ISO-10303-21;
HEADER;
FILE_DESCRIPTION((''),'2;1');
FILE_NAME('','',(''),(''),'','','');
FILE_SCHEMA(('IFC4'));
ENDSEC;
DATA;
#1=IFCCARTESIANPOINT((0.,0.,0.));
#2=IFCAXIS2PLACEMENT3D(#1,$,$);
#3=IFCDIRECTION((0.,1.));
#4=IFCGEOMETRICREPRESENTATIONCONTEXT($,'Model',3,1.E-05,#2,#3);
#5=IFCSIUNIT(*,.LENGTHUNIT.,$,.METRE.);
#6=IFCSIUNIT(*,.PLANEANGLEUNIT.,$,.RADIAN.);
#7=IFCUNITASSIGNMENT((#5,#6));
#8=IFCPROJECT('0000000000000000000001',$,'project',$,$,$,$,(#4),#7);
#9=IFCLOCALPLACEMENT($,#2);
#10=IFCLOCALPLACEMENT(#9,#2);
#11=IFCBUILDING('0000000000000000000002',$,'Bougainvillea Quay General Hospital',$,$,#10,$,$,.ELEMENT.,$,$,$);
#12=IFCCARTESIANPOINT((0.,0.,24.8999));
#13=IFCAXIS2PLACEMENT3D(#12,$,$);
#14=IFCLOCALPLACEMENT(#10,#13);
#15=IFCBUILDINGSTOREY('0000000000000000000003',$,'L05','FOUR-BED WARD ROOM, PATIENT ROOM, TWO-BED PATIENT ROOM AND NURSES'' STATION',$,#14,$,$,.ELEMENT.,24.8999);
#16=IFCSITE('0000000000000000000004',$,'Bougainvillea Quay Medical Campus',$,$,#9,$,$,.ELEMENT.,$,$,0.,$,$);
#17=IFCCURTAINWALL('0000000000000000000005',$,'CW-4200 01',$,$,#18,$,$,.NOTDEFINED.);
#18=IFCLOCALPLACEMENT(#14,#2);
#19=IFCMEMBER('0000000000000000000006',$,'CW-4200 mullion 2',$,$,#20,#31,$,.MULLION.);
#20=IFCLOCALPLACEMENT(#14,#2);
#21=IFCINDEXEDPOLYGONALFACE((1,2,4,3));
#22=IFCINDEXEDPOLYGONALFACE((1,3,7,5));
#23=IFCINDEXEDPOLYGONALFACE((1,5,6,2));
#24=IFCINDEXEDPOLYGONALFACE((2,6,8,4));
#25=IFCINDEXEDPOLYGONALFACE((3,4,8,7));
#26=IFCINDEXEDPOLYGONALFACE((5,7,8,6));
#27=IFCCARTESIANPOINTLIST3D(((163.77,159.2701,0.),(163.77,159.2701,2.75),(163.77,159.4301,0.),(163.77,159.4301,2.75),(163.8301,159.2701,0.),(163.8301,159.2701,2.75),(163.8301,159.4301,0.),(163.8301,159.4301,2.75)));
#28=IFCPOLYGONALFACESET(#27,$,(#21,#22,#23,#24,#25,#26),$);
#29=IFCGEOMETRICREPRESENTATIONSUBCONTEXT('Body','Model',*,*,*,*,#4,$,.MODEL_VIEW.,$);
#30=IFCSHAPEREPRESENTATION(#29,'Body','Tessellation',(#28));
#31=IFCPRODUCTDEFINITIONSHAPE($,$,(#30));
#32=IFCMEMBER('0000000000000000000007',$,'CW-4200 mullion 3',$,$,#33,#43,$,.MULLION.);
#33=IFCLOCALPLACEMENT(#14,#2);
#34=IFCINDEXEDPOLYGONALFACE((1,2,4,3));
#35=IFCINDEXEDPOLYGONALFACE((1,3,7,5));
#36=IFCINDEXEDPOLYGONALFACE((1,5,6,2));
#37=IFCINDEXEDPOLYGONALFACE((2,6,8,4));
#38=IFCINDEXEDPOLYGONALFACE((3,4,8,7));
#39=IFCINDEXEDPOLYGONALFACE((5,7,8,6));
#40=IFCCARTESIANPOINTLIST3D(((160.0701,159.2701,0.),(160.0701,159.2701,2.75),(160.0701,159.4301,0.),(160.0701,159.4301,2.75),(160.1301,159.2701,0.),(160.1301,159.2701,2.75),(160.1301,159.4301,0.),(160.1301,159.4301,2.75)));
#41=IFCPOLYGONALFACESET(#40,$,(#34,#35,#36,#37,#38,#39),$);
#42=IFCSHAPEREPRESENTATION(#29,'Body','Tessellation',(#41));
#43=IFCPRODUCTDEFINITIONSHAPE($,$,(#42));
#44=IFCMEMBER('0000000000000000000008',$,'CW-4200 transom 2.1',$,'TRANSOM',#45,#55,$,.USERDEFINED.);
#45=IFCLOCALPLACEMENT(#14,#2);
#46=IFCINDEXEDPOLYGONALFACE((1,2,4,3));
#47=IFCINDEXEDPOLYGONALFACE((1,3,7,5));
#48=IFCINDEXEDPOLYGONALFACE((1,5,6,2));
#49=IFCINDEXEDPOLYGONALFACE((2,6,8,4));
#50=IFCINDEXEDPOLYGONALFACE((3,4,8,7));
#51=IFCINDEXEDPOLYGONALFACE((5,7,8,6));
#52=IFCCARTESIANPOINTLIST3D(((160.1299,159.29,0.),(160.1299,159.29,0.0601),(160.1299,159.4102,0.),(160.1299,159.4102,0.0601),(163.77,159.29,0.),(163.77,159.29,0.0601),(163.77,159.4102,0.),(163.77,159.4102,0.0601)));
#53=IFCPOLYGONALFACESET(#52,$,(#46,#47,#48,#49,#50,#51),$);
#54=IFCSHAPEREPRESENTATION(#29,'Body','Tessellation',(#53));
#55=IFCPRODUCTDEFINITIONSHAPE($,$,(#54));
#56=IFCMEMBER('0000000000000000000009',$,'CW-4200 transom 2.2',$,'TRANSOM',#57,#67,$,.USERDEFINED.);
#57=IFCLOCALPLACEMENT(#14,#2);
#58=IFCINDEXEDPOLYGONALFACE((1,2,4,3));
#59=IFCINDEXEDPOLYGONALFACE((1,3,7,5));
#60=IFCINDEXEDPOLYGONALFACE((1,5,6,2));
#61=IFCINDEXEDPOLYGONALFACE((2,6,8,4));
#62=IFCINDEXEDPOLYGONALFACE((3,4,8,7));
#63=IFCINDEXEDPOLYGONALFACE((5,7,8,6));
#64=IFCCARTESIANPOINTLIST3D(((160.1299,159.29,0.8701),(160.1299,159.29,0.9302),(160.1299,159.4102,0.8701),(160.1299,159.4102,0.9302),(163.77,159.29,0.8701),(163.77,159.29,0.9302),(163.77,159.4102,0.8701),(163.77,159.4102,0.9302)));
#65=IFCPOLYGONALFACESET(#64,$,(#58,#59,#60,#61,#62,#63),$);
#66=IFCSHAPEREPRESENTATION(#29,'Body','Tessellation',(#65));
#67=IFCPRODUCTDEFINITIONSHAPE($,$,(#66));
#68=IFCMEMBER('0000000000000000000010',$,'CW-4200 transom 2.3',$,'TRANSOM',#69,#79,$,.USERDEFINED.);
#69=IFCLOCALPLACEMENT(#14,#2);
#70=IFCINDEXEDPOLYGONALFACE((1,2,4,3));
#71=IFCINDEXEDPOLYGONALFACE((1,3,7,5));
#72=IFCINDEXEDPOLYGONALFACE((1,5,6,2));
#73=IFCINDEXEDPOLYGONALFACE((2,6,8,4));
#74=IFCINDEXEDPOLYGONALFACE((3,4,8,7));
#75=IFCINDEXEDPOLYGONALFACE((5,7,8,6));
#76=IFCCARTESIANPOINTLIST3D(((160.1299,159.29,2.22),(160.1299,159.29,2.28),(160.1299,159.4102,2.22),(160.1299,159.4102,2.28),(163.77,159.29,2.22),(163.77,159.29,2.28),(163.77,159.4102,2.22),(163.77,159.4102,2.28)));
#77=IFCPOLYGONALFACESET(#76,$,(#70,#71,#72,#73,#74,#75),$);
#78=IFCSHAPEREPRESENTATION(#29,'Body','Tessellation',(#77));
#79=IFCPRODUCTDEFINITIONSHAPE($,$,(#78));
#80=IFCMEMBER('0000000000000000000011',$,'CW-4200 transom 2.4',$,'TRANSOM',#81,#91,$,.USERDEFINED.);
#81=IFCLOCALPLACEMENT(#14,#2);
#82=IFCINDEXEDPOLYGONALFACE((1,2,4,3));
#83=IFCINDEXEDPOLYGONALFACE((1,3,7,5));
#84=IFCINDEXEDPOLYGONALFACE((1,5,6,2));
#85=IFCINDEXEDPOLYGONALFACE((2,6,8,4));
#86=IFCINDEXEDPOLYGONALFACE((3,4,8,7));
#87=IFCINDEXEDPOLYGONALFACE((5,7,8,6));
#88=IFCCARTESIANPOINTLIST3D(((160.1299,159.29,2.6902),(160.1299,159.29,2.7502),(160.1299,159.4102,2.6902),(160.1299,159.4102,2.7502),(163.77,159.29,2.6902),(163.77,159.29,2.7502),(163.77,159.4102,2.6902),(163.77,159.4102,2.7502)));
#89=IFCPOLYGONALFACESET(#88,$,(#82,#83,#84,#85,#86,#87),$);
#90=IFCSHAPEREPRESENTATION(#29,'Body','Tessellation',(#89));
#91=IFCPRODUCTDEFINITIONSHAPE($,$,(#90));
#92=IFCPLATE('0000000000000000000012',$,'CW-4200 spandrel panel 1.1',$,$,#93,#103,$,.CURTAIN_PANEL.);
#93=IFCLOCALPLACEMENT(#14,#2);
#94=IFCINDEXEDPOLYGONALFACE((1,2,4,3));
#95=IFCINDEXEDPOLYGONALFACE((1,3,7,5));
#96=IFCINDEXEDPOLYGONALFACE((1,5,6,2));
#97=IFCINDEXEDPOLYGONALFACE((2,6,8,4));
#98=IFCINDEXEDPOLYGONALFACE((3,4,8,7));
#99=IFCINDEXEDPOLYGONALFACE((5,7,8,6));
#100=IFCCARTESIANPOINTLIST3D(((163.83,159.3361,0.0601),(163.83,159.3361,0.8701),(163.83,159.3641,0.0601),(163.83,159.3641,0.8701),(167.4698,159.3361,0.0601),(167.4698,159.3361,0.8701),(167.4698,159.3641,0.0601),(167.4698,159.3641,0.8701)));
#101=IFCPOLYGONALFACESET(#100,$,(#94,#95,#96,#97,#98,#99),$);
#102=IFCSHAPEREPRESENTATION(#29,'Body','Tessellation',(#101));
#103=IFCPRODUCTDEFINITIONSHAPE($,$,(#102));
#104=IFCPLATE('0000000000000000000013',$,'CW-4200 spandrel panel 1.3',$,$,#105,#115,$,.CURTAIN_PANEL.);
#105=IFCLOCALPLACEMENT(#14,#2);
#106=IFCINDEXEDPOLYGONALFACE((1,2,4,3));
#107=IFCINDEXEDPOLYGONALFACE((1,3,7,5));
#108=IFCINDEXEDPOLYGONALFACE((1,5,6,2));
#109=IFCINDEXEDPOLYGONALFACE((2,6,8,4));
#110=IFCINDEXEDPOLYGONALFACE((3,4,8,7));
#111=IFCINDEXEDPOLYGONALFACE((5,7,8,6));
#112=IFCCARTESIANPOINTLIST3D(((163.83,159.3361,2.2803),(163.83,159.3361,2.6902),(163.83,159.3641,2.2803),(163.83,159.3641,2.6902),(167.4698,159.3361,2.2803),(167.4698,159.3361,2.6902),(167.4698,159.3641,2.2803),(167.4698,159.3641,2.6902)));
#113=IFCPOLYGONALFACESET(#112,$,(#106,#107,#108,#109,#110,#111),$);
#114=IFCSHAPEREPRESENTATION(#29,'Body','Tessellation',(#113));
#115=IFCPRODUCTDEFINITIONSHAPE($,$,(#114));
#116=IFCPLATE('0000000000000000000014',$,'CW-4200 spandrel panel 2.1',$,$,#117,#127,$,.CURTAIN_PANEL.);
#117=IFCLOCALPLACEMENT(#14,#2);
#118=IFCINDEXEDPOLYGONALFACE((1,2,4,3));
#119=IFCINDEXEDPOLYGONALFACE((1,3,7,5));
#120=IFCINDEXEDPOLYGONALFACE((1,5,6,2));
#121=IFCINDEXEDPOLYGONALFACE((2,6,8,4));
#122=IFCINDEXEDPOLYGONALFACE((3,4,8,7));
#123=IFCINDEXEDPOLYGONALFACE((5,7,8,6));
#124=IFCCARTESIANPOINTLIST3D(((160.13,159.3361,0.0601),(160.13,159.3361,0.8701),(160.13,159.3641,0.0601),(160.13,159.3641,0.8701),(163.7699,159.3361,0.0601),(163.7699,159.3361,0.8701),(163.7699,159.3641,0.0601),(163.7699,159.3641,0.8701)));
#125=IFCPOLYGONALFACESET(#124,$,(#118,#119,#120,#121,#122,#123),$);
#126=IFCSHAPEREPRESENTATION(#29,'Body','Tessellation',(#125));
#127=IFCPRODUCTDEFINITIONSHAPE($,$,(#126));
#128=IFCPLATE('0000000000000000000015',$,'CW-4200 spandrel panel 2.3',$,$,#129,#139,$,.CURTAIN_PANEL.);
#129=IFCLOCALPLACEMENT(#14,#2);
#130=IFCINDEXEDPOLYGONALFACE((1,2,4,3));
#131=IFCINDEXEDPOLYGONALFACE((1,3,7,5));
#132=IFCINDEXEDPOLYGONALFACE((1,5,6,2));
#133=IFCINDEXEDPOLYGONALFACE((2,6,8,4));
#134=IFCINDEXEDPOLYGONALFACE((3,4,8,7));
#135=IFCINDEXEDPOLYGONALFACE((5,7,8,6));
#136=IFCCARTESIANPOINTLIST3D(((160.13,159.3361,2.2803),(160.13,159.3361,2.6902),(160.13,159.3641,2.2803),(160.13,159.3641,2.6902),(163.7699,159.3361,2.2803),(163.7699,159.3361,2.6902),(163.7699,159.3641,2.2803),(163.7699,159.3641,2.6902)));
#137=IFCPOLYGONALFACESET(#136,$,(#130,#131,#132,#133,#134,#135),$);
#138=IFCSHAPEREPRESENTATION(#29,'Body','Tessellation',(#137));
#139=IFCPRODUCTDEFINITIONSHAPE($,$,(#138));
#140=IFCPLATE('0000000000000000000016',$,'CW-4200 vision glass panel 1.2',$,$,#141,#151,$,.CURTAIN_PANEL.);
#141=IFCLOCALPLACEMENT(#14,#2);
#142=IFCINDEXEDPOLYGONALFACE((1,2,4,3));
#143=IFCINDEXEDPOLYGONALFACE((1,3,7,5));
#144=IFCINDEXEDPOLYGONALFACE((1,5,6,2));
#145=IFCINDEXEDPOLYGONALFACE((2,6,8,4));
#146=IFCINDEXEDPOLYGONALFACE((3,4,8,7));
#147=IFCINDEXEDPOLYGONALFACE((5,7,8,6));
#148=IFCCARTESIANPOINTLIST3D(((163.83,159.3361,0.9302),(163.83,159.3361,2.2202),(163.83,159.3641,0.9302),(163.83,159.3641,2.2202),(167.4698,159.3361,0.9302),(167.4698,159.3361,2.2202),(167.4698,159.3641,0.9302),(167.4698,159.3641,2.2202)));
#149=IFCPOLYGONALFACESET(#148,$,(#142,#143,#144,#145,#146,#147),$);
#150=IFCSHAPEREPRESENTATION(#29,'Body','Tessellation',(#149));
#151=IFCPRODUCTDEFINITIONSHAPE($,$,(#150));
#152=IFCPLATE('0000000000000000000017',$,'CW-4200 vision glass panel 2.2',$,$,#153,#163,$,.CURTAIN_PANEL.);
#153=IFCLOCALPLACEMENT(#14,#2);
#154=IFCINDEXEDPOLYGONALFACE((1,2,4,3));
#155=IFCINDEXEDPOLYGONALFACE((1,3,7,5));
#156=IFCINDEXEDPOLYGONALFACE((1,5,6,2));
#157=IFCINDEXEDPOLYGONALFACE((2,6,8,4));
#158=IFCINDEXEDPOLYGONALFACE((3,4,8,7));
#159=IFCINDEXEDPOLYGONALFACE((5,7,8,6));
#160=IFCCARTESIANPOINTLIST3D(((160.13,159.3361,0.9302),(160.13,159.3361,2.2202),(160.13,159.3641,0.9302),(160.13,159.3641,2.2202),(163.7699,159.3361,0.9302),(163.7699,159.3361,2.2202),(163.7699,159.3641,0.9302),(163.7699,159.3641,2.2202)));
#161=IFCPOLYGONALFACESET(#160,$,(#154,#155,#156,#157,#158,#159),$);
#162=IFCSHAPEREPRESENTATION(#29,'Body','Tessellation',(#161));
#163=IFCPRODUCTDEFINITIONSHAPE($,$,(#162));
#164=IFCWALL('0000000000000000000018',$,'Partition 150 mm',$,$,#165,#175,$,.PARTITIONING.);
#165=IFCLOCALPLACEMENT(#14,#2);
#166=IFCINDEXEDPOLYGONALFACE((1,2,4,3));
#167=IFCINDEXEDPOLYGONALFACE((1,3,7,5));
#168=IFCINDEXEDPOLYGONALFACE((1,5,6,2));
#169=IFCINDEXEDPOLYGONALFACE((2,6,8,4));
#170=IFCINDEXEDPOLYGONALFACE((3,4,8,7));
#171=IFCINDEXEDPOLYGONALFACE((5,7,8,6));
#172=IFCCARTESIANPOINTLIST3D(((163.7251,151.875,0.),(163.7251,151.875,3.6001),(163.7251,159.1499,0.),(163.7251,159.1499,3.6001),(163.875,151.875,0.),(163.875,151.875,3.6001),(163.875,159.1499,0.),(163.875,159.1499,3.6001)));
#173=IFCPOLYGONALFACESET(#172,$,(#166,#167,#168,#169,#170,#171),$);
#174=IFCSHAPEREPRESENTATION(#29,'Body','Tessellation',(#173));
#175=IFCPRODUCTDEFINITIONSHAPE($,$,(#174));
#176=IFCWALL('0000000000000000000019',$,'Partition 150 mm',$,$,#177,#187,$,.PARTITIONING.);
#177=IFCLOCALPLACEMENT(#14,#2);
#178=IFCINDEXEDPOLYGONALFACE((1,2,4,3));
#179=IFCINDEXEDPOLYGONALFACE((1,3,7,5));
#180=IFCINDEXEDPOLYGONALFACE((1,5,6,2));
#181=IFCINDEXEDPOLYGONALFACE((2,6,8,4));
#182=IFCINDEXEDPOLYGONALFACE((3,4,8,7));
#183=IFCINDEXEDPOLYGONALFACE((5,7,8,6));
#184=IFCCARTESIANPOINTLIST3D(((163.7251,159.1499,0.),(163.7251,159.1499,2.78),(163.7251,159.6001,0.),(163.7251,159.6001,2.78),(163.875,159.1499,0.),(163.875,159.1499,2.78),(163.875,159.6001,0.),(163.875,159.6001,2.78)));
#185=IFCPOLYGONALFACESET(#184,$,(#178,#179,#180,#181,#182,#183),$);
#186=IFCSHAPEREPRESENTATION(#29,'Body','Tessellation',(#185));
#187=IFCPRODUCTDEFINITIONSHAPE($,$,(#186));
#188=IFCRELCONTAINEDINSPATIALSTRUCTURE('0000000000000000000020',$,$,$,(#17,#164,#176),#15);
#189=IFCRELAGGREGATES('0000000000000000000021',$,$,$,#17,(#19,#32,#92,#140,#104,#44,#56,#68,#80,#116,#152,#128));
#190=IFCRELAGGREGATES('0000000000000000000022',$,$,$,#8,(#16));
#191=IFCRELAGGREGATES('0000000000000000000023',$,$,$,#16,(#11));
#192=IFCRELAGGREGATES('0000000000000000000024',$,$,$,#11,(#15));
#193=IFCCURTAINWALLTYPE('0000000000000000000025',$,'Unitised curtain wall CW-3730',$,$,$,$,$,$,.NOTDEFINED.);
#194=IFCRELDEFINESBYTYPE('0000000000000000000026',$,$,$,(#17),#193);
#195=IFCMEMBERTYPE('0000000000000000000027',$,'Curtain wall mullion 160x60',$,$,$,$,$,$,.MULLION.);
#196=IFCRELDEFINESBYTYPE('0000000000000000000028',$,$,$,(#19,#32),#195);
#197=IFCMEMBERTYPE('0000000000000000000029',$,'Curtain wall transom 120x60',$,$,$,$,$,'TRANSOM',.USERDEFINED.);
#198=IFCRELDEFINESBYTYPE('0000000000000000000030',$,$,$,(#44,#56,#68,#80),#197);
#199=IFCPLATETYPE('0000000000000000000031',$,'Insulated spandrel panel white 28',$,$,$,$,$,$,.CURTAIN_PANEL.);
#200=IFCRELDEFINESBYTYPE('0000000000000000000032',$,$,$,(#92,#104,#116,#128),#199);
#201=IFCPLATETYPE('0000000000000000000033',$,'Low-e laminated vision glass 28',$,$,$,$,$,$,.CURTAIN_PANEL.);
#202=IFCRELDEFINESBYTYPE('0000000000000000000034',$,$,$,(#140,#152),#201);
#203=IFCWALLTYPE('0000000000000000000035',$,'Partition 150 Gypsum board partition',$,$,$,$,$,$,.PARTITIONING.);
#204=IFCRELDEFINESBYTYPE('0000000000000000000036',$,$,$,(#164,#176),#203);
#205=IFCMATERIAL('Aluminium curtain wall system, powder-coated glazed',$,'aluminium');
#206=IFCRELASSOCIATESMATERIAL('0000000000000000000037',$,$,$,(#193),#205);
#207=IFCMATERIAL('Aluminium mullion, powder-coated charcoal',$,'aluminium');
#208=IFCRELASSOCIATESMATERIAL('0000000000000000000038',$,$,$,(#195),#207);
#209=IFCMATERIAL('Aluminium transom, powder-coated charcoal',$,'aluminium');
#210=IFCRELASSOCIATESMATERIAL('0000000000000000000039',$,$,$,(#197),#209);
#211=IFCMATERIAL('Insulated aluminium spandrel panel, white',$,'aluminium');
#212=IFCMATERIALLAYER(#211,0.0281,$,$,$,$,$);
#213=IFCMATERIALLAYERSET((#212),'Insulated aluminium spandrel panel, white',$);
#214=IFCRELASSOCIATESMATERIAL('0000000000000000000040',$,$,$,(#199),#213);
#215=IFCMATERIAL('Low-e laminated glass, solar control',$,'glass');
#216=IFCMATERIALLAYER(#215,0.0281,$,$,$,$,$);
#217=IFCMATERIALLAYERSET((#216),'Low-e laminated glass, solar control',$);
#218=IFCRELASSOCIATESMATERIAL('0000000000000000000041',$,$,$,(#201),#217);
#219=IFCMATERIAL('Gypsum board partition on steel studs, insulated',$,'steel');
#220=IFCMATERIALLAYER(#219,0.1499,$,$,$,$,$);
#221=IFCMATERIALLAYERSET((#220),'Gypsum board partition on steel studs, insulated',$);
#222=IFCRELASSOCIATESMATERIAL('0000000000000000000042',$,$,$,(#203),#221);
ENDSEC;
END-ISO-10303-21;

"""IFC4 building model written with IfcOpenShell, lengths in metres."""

from ifc_helpers import new_model, si_unit, direction, frame, frame_2d, origin, origin_2d, place, context, subcontext, project, spatial, rectangle, extrude, material, layer, layer_set, material_profile, profile_set, type_object, element, aggregate, save


model = new_model("IFC4")

# Units and contexts
model_context = context("Model", 3, precision=1e-05, world=origin(), true_north=direction((0.0, 1.0)))
body_context = subcontext(model_context, "Body", "Model", "MODEL_VIEW")
ifc_project = project(units=[si_unit("LENGTHUNIT", "METRE"), si_unit("PLANEANGLEUNIT", "RADIAN")], contexts=[model_context])

# Site, building, storey
site_placement = place(None, origin())
site = spatial("IfcSite", under=ifc_project, at=site_placement, Name="Bougainvillea Quay Medical Campus", CompositionType="ELEMENT", RefElevation=0.0)
building_placement = place(site_placement, origin())
building = spatial("IfcBuilding", under=site, at=building_placement, Name="Bougainvillea Quay General Hospital", CompositionType="ELEMENT")
storey_placement = place(building_placement, frame((0.0, 0.0, 24.8999)))
storey = spatial("IfcBuildingStorey", under=building, at=storey_placement, Name="L05", Description="FOUR-BED WARD ROOM, PATIENT ROOM, TWO-BED PATIENT ROOM AND NURSES' STATION", CompositionType="ELEMENT", Elevation=24.8999)

# Curtain wall, members, plates
ifc_material_1 = material(Name="Aluminium curtain wall system, powder-coated glazed", Category="aluminium")
curtain_wall_type = type_object("IfcCurtainWallType", Name="Unitised curtain wall CW-3730", PredefinedType="NOTDEFINED", material=ifc_material_1)
curtain_wall_placement = place(storey_placement, origin())
curtain_wall = element("IfcCurtainWall", 1, at=curtain_wall_placement, inside=storey, type_object=curtain_wall_type, Name="CW-4200 01", PredefinedType="NOTDEFINED")
ifc_material_2 = material(Name="Aluminium mullion, powder-coated charcoal", Category="aluminium")
ifc_material_profile_1 = material_profile(ifc_material_2, rectangle(XDim=0.1599, YDim=0.0601, at=origin_2d()))
ifc_profile_set_1 = profile_set([ifc_material_profile_1], Name="Aluminium mullion, powder-coated charcoal")
member_type_1 = type_object("IfcMemberType", Name="Curtain wall mullion 160x60", PredefinedType="MULLION", material=ifc_profile_set_1)
member_1_placement = place(storey_placement, frame((163.8, 159.3501, 0.0), z_axis=(0.0, 0.0, 1.0), x_axis=(0.0, -1.0, 0.0)))
member_1 = element("IfcMember", 2, at=member_1_placement, type_object=member_type_1, Name="CW-4200 mullion 2", PredefinedType="MULLION", context=body_context, shape_type="SweptSolid", body=[
    extrude(rectangle(XDim=0.1599, YDim=0.0601, at=origin_2d()), origin(), (0.0, 0.0, 1.0), 2.75),
])
member_2_placement = place(storey_placement, frame((160.1001, 159.3501, 0.0), z_axis=(0.0, 0.0, 1.0), x_axis=(0.0, -1.0, 0.0)))
member_2 = element("IfcMember", 3, at=member_2_placement, type_object=member_type_1, Name="CW-4200 mullion 3", PredefinedType="MULLION", context=body_context, shape_type="SweptSolid", body=[
    extrude(rectangle(XDim=0.1599, YDim=0.0601, at=origin_2d()), origin(), (0.0, 0.0, 1.0), 2.75),
])
ifc_material_3 = material(Name="Aluminium transom, powder-coated charcoal", Category="aluminium")
ifc_material_profile_2 = material_profile(ifc_material_3, rectangle(XDim=0.1201, YDim=0.0601, at=origin_2d()))
ifc_profile_set_2 = profile_set([ifc_material_profile_2], Name="Aluminium transom, powder-coated charcoal")
member_type_2 = type_object("IfcMemberType", Name="Curtain wall transom 120x60", ElementType="TRANSOM", PredefinedType="USERDEFINED", material=ifc_profile_set_2)
member_3_placement = place(storey_placement, frame((163.77, 159.3501, 0.03), z_axis=(-1.0, 0.0, 0.0), x_axis=(0.0, -1.0, 0.0)))
member_3 = element("IfcMember", 4, at=member_3_placement, type_object=member_type_2, Name="CW-4200 transom 2.1", ObjectType="TRANSOM", PredefinedType="USERDEFINED", context=body_context, shape_type="SweptSolid", body=[
    extrude(rectangle(XDim=0.1201, YDim=0.0601, at=origin_2d()), origin(), (0.0, 0.0, 1.0), 3.6401),
])
member_4_placement = place(storey_placement, frame((163.77, 159.3501, 0.9001), z_axis=(-1.0, 0.0, 0.0), x_axis=(0.0, -1.0, 0.0)))
member_4 = element("IfcMember", 5, at=member_4_placement, type_object=member_type_2, Name="CW-4200 transom 2.2", ObjectType="TRANSOM", PredefinedType="USERDEFINED", context=body_context, shape_type="SweptSolid", body=[
    extrude(rectangle(XDim=0.1201, YDim=0.0601, at=origin_2d()), origin(), (0.0, 0.0, 1.0), 3.6401),
])
member_5_placement = place(storey_placement, frame((163.77, 159.3501, 2.25), z_axis=(-1.0, 0.0, 0.0), x_axis=(0.0, -1.0, 0.0)))
member_5 = element("IfcMember", 6, at=member_5_placement, type_object=member_type_2, Name="CW-4200 transom 2.3", ObjectType="TRANSOM", PredefinedType="USERDEFINED", context=body_context, shape_type="SweptSolid", body=[
    extrude(rectangle(XDim=0.1201, YDim=0.0601, at=origin_2d()), origin(), (0.0, 0.0, 1.0), 3.6401),
])
member_6_placement = place(storey_placement, frame((163.77, 159.3501, 2.7202), z_axis=(-1.0, 0.0, 0.0), x_axis=(0.0, -1.0, 0.0)))
member_6 = element("IfcMember", 7, at=member_6_placement, type_object=member_type_2, Name="CW-4200 transom 2.4", ObjectType="TRANSOM", PredefinedType="USERDEFINED", context=body_context, shape_type="SweptSolid", body=[
    extrude(rectangle(XDim=0.1201, YDim=0.0601, at=origin_2d()), origin(), (0.0, 0.0, 1.0), 3.6401),
])
ifc_material_4 = material(Name="Insulated aluminium spandrel panel, white", Category="aluminium")
ifc_layer_1 = layer(ifc_material_4, 0.0281)
ifc_layer_set_1 = layer_set([ifc_layer_1], Name="Insulated aluminium spandrel panel, white")
plate_type_1 = type_object("IfcPlateType", Name="Insulated spandrel panel white 28", PredefinedType="CURTAIN_PANEL", material=ifc_layer_set_1)
plate_1_placement = place(storey_placement, frame((165.6499, 159.3501, 0.0601), z_axis=(0.0, 0.0, 1.0), x_axis=(-1.0, 0.0, 0.0)))
plate_1 = element("IfcPlate", 8, at=plate_1_placement, type_object=plate_type_1, Name="CW-4200 spandrel panel 1.1", PredefinedType="CURTAIN_PANEL", context=body_context, shape_type="SweptSolid", body=[
    extrude(rectangle(XDim=3.6399, YDim=0.0281, at=origin_2d()), origin(), (0.0, 0.0, 1.0), 0.8101),
])
plate_2_placement = place(storey_placement, frame((165.6499, 159.3501, 2.2803), z_axis=(0.0, 0.0, 1.0), x_axis=(-1.0, 0.0, 0.0)))
plate_2 = element("IfcPlate", 9, at=plate_2_placement, type_object=plate_type_1, Name="CW-4200 spandrel panel 1.3", PredefinedType="CURTAIN_PANEL", context=body_context, shape_type="SweptSolid", body=[
    extrude(rectangle(XDim=3.6399, YDim=0.0281, at=origin_2d()), origin(), (0.0, 0.0, 1.0), 0.4099),
])
plate_3_placement = place(storey_placement, frame((161.95, 159.3501, 0.0601), z_axis=(0.0, 0.0, 1.0), x_axis=(-1.0, 0.0, 0.0)))
plate_3 = element("IfcPlate", 10, at=plate_3_placement, type_object=plate_type_1, Name="CW-4200 spandrel panel 2.1", PredefinedType="CURTAIN_PANEL", context=body_context, shape_type="SweptSolid", body=[
    extrude(rectangle(XDim=3.6399, YDim=0.0281, at=origin_2d()), origin(), (0.0, 0.0, 1.0), 0.8101),
])
plate_4_placement = place(storey_placement, frame((161.95, 159.3501, 2.2803), z_axis=(0.0, 0.0, 1.0), x_axis=(-1.0, 0.0, 0.0)))
plate_4 = element("IfcPlate", 11, at=plate_4_placement, type_object=plate_type_1, Name="CW-4200 spandrel panel 2.3", PredefinedType="CURTAIN_PANEL", context=body_context, shape_type="SweptSolid", body=[
    extrude(rectangle(XDim=3.6399, YDim=0.0281, at=origin_2d()), origin(), (0.0, 0.0, 1.0), 0.4099),
])
ifc_material_5 = material(Name="Low-e laminated glass, solar control", Category="glass")
ifc_layer_2 = layer(ifc_material_5, 0.0281)
ifc_layer_set_2 = layer_set([ifc_layer_2], Name="Low-e laminated glass, solar control")
plate_type_2 = type_object("IfcPlateType", Name="Low-e laminated vision glass 28", PredefinedType="CURTAIN_PANEL", material=ifc_layer_set_2)
plate_5_placement = place(storey_placement, frame((165.6499, 159.3501, 0.9302), z_axis=(0.0, 0.0, 1.0), x_axis=(-1.0, 0.0, 0.0)))
plate_5 = element("IfcPlate", 12, at=plate_5_placement, type_object=plate_type_2, Name="CW-4200 vision glass panel 1.2", PredefinedType="CURTAIN_PANEL", context=body_context, shape_type="SweptSolid", body=[
    extrude(rectangle(XDim=3.6399, YDim=0.0281, at=origin_2d()), origin(), (0.0, 0.0, 1.0), 1.29),
])
plate_6_placement = place(storey_placement, frame((161.95, 159.3501, 0.9302), z_axis=(0.0, 0.0, 1.0), x_axis=(-1.0, 0.0, 0.0)))
plate_6 = element("IfcPlate", 13, at=plate_6_placement, type_object=plate_type_2, Name="CW-4200 vision glass panel 2.2", PredefinedType="CURTAIN_PANEL", context=body_context, shape_type="SweptSolid", body=[
    extrude(rectangle(XDim=3.6399, YDim=0.0281, at=origin_2d()), origin(), (0.0, 0.0, 1.0), 1.29),
])
aggregate(curtain_wall, [member_1, member_2, plate_1, plate_5, plate_2, member_3, member_4, member_5, member_6, plate_3, plate_6, plate_4])

# Walls
ifc_material_6 = material(Name="Gypsum board partition on steel studs, insulated", Category="steel")
ifc_layer_3 = layer(ifc_material_6, 0.1499)
ifc_layer_set_3 = layer_set([ifc_layer_3], Name="Gypsum board partition on steel studs, insulated")
wall_type = type_object("IfcWallType", Name="Partition 150 Gypsum board partition", PredefinedType="PARTITIONING", material=ifc_layer_set_3)
wall_1_placement = place(storey_placement, frame((163.8, 151.875, 0.0), z_axis=(0.0, 0.0, 1.0), x_axis=(0.0, 1.0, 0.0)))
element("IfcWall", 14, at=wall_1_placement, inside=storey, type_object=wall_type, Name="Partition 150 mm", PredefinedType="PARTITIONING", context=body_context, shape_type="SweptSolid", body=[
    extrude(rectangle(XDim=7.2749, YDim=0.1499, at=frame_2d((3.6375, 0.0))), origin(), (0.0, 0.0, 1.0), 3.6001),
])
wall_2_placement = place(storey_placement, frame((163.8, 159.1499, 0.0), z_axis=(0.0, 0.0, 1.0), x_axis=(0.0, 1.0, 0.0)))
element("IfcWall", 15, at=wall_2_placement, inside=storey, type_object=wall_type, Name="Partition 150 mm", PredefinedType="PARTITIONING", context=body_context, shape_type="SweptSolid", body=[
    extrude(rectangle(XDim=0.4502, YDim=0.1499, at=frame_2d((0.2251, 0.0))), origin(), (0.0, 0.0, 1.0), 2.78),
])

save(model, "model.ifc")
